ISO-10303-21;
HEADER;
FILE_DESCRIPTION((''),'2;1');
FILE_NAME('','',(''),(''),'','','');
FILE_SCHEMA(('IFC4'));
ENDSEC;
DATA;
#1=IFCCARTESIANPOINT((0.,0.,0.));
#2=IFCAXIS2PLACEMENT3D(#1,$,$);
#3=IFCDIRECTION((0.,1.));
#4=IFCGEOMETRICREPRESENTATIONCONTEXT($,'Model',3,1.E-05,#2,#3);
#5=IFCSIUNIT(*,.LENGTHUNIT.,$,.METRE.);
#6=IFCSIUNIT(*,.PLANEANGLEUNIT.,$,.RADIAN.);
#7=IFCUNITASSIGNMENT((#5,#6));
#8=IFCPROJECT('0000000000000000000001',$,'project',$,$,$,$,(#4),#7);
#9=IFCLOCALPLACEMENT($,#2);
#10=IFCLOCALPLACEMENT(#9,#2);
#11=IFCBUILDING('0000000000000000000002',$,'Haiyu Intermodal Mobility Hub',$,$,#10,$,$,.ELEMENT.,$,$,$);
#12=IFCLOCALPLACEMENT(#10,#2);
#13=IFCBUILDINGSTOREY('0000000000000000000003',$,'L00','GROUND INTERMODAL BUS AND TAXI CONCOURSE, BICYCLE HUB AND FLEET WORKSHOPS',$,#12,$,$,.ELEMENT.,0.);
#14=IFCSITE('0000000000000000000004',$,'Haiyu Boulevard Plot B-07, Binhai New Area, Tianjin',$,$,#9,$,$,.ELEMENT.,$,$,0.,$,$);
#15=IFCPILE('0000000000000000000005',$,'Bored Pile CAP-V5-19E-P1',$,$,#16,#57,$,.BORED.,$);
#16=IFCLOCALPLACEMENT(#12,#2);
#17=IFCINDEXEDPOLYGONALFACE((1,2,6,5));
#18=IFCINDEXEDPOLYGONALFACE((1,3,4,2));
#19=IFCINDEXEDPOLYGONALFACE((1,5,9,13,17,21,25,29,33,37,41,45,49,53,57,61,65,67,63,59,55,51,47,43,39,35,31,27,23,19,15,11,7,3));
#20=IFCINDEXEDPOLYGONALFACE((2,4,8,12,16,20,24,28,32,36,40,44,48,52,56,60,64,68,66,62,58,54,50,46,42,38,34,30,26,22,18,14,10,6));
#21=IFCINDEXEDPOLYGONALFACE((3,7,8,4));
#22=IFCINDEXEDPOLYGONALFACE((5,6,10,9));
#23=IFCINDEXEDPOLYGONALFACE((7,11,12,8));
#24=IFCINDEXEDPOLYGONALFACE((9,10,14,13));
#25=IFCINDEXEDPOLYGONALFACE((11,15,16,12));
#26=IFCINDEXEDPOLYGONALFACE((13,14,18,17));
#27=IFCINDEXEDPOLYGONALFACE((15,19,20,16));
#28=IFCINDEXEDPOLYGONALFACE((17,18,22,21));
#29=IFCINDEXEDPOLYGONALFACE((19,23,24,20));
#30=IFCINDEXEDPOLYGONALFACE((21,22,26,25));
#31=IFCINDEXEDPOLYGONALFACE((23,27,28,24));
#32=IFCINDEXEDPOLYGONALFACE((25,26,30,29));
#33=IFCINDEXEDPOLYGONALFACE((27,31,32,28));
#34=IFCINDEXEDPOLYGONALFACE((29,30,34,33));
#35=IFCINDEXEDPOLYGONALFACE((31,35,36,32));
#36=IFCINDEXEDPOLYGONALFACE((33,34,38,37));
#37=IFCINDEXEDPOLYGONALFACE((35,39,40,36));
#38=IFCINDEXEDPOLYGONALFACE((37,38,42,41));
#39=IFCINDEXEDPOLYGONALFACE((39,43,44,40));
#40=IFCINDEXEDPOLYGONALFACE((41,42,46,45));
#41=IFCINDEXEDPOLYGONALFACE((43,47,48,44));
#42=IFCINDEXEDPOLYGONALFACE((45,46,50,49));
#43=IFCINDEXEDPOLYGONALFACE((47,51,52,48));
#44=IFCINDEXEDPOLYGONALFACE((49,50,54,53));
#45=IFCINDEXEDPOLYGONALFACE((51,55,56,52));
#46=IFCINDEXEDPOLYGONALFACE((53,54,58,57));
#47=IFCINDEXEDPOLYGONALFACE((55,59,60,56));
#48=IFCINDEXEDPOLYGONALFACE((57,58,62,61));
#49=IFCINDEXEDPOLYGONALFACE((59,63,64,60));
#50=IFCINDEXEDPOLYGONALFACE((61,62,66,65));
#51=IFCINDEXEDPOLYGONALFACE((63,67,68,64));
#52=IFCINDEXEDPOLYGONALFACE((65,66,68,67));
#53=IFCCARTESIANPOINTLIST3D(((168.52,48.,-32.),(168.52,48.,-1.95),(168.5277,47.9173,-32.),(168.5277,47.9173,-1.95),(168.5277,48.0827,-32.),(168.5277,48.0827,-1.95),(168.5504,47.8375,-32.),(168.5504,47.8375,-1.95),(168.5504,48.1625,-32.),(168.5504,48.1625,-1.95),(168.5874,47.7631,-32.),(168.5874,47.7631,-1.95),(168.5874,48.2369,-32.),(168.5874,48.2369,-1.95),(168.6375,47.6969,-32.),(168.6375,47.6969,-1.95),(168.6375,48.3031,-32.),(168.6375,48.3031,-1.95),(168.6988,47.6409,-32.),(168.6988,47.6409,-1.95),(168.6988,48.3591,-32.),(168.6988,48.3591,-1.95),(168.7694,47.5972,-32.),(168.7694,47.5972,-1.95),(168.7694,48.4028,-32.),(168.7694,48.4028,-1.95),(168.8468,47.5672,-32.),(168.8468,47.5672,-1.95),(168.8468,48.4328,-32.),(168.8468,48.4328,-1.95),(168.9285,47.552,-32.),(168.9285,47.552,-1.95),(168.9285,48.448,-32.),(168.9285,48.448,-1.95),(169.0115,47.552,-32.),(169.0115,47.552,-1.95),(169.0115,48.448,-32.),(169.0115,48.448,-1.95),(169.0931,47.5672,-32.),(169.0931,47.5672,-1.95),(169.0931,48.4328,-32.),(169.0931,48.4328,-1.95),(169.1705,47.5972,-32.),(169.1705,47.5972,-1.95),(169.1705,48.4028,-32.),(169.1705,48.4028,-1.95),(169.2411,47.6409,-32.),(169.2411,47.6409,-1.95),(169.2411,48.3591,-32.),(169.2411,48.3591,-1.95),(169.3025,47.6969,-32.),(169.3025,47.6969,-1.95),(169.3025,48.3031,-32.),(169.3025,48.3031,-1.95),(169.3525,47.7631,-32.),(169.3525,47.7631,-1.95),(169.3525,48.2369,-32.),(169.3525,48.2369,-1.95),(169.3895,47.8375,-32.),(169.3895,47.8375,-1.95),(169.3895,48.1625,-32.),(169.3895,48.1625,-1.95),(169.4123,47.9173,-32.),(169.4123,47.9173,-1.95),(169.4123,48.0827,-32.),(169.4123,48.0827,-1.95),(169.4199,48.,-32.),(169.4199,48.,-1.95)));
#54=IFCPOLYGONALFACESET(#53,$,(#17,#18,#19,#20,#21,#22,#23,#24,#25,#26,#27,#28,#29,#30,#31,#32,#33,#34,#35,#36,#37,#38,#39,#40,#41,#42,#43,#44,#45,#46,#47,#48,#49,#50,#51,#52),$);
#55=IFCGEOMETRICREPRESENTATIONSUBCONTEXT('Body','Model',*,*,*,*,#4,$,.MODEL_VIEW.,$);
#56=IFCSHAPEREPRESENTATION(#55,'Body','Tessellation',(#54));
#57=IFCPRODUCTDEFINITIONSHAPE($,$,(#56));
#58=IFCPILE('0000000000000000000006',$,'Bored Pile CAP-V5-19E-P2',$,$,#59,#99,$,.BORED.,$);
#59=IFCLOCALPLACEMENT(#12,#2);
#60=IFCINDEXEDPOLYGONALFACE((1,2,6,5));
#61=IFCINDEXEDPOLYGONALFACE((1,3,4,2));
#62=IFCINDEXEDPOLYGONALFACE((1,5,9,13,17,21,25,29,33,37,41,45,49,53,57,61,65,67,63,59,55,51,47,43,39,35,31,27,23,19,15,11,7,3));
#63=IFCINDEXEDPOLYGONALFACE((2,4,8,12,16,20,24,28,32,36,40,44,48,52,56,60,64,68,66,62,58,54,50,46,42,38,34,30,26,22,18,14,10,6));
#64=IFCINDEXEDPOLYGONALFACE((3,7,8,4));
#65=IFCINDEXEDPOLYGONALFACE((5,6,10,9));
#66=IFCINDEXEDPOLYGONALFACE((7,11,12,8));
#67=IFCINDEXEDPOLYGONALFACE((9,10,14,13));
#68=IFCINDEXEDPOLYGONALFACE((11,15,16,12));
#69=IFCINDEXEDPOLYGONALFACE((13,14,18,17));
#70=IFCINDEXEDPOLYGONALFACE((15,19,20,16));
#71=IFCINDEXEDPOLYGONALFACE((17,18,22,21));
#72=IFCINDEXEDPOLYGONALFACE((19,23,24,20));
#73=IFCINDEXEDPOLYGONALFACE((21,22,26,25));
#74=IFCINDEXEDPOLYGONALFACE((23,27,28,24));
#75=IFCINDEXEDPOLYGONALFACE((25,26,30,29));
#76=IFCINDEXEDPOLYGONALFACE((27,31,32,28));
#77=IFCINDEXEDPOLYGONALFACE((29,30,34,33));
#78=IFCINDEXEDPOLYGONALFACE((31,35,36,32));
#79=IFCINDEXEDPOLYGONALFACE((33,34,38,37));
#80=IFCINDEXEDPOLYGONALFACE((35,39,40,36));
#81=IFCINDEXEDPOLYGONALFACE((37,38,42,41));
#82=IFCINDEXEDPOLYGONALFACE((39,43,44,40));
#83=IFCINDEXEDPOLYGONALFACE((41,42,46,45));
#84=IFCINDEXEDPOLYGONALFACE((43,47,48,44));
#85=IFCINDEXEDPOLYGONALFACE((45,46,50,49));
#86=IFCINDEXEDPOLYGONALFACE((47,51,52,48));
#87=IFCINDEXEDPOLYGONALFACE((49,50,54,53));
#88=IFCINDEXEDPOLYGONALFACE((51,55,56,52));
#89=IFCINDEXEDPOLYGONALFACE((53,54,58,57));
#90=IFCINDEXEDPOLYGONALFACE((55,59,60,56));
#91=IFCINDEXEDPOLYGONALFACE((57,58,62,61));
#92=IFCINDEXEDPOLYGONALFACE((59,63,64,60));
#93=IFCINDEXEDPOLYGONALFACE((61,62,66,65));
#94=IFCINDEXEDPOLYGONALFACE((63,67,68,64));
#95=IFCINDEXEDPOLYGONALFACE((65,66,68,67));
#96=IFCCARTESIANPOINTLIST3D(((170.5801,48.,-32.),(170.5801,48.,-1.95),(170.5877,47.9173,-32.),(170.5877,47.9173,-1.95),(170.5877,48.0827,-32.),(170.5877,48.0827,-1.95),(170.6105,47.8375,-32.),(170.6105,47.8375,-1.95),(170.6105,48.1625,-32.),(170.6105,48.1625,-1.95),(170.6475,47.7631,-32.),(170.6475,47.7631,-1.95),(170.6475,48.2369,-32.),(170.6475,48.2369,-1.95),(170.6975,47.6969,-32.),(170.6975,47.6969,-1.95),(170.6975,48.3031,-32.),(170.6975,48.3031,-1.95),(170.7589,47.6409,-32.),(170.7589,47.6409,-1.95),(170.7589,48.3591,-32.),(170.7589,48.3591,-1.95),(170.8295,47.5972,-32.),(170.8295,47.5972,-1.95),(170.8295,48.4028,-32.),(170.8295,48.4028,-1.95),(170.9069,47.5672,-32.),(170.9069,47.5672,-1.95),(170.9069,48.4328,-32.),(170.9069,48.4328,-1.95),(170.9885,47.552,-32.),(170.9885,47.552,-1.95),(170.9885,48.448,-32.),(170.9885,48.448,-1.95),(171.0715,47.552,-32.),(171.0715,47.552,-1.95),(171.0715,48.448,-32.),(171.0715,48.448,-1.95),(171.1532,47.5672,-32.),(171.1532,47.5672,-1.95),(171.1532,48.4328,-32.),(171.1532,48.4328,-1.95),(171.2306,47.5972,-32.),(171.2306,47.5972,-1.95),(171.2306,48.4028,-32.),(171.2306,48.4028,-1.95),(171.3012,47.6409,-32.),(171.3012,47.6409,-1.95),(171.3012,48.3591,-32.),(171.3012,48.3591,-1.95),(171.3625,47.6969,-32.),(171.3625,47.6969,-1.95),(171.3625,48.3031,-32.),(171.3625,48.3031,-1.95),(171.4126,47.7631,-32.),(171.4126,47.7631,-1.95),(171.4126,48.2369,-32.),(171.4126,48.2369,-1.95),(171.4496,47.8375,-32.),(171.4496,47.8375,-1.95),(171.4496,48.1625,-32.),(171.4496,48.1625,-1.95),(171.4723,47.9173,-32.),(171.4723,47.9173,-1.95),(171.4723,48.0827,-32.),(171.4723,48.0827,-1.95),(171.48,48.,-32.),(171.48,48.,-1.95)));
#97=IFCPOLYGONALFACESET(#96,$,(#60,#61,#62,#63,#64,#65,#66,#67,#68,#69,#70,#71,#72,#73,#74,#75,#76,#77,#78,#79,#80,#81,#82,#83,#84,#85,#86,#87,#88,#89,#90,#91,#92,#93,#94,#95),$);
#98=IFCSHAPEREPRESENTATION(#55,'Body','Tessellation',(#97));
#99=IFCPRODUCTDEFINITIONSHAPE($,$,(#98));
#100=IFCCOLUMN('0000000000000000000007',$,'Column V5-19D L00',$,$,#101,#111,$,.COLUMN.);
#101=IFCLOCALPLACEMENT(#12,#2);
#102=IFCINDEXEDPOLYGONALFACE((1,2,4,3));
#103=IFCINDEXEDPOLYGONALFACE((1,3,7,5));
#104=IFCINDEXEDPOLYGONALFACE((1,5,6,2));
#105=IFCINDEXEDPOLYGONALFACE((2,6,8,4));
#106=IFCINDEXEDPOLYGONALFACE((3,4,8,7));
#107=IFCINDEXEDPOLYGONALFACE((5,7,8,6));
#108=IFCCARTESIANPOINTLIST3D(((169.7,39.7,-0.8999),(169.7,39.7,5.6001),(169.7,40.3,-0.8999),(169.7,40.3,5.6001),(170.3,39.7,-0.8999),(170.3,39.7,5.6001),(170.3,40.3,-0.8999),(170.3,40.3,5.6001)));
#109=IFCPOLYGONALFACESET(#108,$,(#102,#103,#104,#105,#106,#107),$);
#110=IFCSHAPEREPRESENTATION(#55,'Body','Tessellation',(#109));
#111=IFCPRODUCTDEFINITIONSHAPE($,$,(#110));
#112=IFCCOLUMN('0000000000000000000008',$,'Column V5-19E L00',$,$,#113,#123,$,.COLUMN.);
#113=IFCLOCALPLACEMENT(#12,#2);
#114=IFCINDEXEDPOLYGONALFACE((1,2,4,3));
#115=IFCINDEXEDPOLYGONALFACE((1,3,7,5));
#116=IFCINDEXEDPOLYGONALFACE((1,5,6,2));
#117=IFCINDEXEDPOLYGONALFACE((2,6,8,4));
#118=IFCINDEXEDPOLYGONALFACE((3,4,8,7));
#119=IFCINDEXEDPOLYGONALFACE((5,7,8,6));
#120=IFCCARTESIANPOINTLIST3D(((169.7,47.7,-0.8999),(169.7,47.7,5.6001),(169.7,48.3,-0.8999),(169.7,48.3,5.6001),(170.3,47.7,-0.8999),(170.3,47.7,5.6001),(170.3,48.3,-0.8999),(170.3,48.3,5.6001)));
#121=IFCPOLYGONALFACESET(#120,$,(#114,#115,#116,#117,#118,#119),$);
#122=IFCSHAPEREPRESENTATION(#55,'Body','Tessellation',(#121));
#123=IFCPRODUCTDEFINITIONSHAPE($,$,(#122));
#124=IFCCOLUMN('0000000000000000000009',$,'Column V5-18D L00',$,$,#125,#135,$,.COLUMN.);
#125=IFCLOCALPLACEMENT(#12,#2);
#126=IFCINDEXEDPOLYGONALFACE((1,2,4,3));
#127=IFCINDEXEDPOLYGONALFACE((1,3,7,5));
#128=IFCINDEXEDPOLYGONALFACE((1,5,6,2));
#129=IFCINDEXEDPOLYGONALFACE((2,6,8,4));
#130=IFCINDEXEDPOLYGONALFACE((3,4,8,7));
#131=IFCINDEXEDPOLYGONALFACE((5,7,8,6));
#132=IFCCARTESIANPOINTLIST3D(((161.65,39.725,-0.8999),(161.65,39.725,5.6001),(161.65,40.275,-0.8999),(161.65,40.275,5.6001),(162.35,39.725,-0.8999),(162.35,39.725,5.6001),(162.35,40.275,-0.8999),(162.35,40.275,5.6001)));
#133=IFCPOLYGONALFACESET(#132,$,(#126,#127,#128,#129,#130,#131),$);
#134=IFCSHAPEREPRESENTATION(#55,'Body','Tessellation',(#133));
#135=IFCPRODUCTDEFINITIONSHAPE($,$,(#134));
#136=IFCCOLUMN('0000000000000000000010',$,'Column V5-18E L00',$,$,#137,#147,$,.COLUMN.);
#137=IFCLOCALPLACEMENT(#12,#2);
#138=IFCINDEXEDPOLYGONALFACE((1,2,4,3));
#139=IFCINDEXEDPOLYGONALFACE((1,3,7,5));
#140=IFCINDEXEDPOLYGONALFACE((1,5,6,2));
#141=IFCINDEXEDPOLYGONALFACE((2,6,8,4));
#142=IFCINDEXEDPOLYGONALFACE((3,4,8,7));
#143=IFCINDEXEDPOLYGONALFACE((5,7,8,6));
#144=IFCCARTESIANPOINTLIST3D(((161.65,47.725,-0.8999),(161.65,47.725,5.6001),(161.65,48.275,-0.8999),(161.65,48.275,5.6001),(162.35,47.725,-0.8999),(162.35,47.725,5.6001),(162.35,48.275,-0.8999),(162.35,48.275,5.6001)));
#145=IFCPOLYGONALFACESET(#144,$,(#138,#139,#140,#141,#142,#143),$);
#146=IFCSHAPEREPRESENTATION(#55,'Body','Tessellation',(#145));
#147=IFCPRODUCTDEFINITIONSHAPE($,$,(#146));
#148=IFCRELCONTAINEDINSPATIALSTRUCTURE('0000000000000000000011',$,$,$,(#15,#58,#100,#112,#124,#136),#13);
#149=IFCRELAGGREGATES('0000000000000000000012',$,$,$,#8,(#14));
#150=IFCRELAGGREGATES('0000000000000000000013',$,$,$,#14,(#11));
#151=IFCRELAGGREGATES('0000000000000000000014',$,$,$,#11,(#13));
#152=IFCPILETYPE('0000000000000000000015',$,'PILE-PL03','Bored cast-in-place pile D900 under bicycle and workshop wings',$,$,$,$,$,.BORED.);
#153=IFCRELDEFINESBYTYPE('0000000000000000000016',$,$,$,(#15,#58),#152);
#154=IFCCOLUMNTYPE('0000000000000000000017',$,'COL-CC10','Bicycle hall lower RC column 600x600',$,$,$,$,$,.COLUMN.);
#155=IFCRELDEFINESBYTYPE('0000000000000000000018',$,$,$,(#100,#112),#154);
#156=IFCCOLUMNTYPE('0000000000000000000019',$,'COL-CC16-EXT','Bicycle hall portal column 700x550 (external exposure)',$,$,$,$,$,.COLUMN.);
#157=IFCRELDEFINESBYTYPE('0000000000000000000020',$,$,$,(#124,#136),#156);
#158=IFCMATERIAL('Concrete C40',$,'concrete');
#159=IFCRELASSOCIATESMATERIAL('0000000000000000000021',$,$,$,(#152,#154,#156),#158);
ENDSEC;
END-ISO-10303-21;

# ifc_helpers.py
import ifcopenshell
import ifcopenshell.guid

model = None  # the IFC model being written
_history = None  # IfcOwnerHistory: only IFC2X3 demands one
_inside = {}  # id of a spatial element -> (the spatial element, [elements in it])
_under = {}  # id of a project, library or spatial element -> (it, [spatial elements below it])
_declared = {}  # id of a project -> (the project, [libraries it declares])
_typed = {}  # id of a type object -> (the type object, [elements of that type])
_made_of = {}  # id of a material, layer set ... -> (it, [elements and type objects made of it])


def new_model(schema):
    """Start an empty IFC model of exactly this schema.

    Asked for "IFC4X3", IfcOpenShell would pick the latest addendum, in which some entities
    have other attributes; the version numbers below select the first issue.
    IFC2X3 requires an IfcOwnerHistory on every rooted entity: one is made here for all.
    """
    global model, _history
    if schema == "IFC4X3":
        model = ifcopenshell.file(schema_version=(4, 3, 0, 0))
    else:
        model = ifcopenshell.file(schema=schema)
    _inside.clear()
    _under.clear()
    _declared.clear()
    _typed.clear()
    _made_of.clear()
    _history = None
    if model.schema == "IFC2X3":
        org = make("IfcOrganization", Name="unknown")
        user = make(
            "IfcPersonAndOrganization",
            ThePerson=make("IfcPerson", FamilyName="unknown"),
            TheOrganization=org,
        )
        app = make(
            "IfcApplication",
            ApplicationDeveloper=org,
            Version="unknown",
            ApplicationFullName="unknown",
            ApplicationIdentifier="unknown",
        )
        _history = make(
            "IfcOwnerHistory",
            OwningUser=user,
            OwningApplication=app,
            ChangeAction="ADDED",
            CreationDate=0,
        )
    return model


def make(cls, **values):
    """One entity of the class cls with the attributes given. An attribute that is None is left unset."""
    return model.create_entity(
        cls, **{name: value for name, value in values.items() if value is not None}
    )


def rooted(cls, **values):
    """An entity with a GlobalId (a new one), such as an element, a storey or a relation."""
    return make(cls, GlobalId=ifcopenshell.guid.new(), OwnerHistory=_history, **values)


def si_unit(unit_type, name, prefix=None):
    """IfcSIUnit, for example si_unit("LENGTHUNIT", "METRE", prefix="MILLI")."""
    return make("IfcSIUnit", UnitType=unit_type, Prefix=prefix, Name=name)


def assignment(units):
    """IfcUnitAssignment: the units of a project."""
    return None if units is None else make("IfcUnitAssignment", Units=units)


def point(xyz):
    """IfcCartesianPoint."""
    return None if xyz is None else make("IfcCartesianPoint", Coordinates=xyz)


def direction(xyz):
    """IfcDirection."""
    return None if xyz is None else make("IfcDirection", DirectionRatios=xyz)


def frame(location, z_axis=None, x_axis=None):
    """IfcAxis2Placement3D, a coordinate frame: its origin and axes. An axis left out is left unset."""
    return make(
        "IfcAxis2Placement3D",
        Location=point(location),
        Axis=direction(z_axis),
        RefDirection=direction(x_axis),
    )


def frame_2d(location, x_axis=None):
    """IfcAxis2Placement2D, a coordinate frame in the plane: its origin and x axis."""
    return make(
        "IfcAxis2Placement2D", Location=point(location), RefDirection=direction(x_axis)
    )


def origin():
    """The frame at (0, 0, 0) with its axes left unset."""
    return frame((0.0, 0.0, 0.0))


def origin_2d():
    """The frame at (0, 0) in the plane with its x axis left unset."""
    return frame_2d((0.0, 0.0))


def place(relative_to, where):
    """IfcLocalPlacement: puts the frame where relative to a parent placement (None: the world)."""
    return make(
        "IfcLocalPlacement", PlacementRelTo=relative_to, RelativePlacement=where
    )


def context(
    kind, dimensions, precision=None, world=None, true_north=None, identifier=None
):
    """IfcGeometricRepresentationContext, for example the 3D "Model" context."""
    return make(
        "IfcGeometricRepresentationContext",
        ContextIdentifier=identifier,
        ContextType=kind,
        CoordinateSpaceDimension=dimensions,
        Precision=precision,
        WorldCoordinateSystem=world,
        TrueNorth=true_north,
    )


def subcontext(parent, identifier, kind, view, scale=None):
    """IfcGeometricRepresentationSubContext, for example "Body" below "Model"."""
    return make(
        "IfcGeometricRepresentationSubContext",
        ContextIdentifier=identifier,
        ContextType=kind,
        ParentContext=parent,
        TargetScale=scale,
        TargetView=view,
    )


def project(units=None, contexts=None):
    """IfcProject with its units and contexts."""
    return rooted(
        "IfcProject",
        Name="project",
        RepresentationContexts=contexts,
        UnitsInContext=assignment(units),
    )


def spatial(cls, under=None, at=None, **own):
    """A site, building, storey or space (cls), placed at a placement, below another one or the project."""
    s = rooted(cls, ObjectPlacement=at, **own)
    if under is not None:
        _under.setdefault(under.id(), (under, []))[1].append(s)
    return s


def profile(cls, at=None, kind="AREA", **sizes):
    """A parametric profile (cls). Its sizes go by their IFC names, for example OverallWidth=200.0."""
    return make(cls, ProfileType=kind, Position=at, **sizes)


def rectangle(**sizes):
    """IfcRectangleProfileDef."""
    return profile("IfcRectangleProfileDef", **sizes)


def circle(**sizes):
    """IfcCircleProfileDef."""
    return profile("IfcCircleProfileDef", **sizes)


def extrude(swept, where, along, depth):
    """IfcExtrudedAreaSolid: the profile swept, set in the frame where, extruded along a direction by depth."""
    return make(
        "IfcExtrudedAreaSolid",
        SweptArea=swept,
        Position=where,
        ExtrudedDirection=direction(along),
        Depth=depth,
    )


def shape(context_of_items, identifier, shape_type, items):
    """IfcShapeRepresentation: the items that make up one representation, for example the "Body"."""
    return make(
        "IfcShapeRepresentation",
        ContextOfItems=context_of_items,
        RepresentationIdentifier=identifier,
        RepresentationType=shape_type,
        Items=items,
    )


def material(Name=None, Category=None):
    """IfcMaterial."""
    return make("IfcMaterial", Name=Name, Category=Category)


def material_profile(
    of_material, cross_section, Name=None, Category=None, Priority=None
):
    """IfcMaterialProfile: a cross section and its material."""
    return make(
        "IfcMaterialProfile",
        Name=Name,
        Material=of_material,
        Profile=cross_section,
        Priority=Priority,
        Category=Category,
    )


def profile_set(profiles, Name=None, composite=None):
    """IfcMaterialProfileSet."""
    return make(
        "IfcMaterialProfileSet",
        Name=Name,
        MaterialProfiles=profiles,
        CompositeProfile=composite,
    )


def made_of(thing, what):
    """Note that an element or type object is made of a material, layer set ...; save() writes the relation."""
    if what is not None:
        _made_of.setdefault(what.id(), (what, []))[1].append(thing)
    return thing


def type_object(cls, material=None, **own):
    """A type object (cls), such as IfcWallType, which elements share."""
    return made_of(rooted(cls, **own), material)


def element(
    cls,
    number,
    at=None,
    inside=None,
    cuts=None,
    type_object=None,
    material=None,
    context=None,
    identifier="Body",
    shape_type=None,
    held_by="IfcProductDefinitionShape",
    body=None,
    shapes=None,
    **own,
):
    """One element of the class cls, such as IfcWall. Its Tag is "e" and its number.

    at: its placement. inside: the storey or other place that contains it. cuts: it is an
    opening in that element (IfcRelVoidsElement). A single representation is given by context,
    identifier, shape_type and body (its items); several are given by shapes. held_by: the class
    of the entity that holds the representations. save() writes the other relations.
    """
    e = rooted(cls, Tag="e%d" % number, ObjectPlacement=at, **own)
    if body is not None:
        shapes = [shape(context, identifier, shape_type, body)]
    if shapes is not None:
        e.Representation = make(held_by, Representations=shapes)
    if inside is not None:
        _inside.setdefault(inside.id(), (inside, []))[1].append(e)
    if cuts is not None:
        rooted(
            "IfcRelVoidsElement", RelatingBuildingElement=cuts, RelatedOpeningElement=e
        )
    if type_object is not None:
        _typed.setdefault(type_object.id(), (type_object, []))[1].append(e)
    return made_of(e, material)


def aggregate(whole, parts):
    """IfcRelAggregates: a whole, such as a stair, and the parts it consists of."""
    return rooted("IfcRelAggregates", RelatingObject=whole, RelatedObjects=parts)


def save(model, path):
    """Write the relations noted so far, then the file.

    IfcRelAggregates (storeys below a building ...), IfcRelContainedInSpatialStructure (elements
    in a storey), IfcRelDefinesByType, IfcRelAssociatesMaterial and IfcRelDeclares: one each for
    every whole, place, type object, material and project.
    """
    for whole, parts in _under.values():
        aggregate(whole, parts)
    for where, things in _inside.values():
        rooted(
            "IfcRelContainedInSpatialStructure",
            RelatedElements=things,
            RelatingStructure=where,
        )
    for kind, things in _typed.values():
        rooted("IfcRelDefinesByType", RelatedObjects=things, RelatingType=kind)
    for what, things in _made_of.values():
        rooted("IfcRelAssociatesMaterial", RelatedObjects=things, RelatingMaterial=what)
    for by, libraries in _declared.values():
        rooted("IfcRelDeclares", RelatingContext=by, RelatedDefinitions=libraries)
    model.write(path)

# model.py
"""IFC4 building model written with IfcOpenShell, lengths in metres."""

from ifc_helpers import new_model, si_unit, direction, frame, origin, origin_2d, place, context, subcontext, project, spatial, rectangle, circle, extrude, material, material_profile, profile_set, type_object, element, save


model = new_model("IFC4")

# Units and contexts
model_context = context("Model", 3, precision=1e-05, world=origin(), true_north=direction((0.0, 1.0)))
body_context = subcontext(model_context, "Body", "Model", "MODEL_VIEW")
ifc_project = project(units=[si_unit("LENGTHUNIT", "METRE"), si_unit("PLANEANGLEUNIT", "RADIAN")], contexts=[model_context])

# Site, building, storey
site_placement = place(None, origin())
site = spatial("IfcSite", under=ifc_project, at=site_placement, Name="Haiyu Boulevard Plot B-07, Binhai New Area, Tianjin", CompositionType="ELEMENT", RefElevation=0.0)
building_placement = place(site_placement, origin())
building = spatial("IfcBuilding", under=site, at=building_placement, Name="Haiyu Intermodal Mobility Hub", CompositionType="ELEMENT")
storey_placement = place(building_placement, origin())
storey = spatial("IfcBuildingStorey", under=building, at=storey_placement, Name="L00", Description="GROUND INTERMODAL BUS AND TAXI CONCOURSE, BICYCLE HUB AND FLEET WORKSHOPS", CompositionType="ELEMENT", Elevation=0.0)

# Shared definitions
ifc_material_1 = material(Name="Concrete C40", Category="concrete")

# Piles
ifc_material_profile_1 = material_profile(ifc_material_1, circle(Radius=0.45, at=origin_2d()), Name="PILE-D900")
ifc_profile_set_1 = profile_set([ifc_material_profile_1], Name="Concrete C40")
pile_type = type_object("IfcPileType", Name="PILE-PL03", Description="Bored cast-in-place pile D900 under bicycle and workshop wings", PredefinedType="BORED", material=ifc_profile_set_1)
for number, where, z_axis, x_axis, name in (
    (1, (168.97, 48.0, -1.95), (0.0, 0.0, -1.0), (1.0, 0.0, 0.0), "Bored Pile CAP-V5-19E-P1"),
    (2, (171.03, 48.0, -1.95), (0.0, 0.0, -1.0), (1.0, 0.0, 0.0), "Bored Pile CAP-V5-19E-P2"),
):
    element("IfcPile", number, at=place(storey_placement, frame(where, z_axis=z_axis, x_axis=x_axis)), inside=storey, type_object=pile_type, Name=name, PredefinedType="BORED", context=body_context, shape_type="SweptSolid", body=[
        extrude(circle(Radius=0.45, at=origin_2d()), origin(), (0.0, 0.0, 1.0), 30.05),
    ])

# Columns
ifc_material_profile_2 = material_profile(ifc_material_1, rectangle(XDim=0.6001, YDim=0.6001, at=origin_2d()), Name="RC600x600")
ifc_profile_set_2 = profile_set([ifc_material_profile_2], Name="Concrete C40")
column_type_1 = type_object("IfcColumnType", Name="COL-CC10", Description="Bicycle hall lower RC column 600x600", PredefinedType="COLUMN", material=ifc_profile_set_2)
for number, where, z_axis, x_axis, name in (
    (3, (170.0, 40.0, -0.8999), (0.0, 0.0, 1.0), (1.0, 0.0, 0.0), "Column V5-19D L00"),
    (4, (170.0, 48.0, -0.8999), (0.0, 0.0, 1.0), (1.0, 0.0, 0.0), "Column V5-19E L00"),
):
    element("IfcColumn", number, at=place(storey_placement, frame(where, z_axis=z_axis, x_axis=x_axis)), inside=storey, type_object=column_type_1, Name=name, PredefinedType="COLUMN", context=body_context, shape_type="SweptSolid", body=[
        extrude(rectangle(XDim=0.6001, YDim=0.6001, at=origin_2d()), origin(), (0.0, 0.0, 1.0), 6.5),
    ])
ifc_material_profile_3 = material_profile(ifc_material_1, rectangle(XDim=0.7, YDim=0.55, at=origin_2d()), Name="C700x550")
ifc_profile_set_3 = profile_set([ifc_material_profile_3], Name="Concrete C40")
column_type_2 = type_object("IfcColumnType", Name="COL-CC16-EXT", Description="Bicycle hall portal column 700x550 (external exposure)", PredefinedType="COLUMN", material=ifc_profile_set_3)
for number, where, z_axis, x_axis, name in (
    (5, (162.0, 40.0, -0.8999), (0.0, 0.0, 1.0), (1.0, 0.0, 0.0), "Column V5-18D L00"),
    (6, (162.0, 48.0, -0.8999), (0.0, 0.0, 1.0), (1.0, 0.0, 0.0), "Column V5-18E L00"),
):
    element("IfcColumn", number, at=place(storey_placement, frame(where, z_axis=z_axis, x_axis=x_axis)), inside=storey, type_object=column_type_2, Name=name, PredefinedType="COLUMN", context=body_context, shape_type="SweptSolid", body=[
        extrude(rectangle(XDim=0.7, YDim=0.55, at=origin_2d()), origin(), (0.0, 0.0, 1.0), 6.5),
    ])

save(model, "model.ifc")
